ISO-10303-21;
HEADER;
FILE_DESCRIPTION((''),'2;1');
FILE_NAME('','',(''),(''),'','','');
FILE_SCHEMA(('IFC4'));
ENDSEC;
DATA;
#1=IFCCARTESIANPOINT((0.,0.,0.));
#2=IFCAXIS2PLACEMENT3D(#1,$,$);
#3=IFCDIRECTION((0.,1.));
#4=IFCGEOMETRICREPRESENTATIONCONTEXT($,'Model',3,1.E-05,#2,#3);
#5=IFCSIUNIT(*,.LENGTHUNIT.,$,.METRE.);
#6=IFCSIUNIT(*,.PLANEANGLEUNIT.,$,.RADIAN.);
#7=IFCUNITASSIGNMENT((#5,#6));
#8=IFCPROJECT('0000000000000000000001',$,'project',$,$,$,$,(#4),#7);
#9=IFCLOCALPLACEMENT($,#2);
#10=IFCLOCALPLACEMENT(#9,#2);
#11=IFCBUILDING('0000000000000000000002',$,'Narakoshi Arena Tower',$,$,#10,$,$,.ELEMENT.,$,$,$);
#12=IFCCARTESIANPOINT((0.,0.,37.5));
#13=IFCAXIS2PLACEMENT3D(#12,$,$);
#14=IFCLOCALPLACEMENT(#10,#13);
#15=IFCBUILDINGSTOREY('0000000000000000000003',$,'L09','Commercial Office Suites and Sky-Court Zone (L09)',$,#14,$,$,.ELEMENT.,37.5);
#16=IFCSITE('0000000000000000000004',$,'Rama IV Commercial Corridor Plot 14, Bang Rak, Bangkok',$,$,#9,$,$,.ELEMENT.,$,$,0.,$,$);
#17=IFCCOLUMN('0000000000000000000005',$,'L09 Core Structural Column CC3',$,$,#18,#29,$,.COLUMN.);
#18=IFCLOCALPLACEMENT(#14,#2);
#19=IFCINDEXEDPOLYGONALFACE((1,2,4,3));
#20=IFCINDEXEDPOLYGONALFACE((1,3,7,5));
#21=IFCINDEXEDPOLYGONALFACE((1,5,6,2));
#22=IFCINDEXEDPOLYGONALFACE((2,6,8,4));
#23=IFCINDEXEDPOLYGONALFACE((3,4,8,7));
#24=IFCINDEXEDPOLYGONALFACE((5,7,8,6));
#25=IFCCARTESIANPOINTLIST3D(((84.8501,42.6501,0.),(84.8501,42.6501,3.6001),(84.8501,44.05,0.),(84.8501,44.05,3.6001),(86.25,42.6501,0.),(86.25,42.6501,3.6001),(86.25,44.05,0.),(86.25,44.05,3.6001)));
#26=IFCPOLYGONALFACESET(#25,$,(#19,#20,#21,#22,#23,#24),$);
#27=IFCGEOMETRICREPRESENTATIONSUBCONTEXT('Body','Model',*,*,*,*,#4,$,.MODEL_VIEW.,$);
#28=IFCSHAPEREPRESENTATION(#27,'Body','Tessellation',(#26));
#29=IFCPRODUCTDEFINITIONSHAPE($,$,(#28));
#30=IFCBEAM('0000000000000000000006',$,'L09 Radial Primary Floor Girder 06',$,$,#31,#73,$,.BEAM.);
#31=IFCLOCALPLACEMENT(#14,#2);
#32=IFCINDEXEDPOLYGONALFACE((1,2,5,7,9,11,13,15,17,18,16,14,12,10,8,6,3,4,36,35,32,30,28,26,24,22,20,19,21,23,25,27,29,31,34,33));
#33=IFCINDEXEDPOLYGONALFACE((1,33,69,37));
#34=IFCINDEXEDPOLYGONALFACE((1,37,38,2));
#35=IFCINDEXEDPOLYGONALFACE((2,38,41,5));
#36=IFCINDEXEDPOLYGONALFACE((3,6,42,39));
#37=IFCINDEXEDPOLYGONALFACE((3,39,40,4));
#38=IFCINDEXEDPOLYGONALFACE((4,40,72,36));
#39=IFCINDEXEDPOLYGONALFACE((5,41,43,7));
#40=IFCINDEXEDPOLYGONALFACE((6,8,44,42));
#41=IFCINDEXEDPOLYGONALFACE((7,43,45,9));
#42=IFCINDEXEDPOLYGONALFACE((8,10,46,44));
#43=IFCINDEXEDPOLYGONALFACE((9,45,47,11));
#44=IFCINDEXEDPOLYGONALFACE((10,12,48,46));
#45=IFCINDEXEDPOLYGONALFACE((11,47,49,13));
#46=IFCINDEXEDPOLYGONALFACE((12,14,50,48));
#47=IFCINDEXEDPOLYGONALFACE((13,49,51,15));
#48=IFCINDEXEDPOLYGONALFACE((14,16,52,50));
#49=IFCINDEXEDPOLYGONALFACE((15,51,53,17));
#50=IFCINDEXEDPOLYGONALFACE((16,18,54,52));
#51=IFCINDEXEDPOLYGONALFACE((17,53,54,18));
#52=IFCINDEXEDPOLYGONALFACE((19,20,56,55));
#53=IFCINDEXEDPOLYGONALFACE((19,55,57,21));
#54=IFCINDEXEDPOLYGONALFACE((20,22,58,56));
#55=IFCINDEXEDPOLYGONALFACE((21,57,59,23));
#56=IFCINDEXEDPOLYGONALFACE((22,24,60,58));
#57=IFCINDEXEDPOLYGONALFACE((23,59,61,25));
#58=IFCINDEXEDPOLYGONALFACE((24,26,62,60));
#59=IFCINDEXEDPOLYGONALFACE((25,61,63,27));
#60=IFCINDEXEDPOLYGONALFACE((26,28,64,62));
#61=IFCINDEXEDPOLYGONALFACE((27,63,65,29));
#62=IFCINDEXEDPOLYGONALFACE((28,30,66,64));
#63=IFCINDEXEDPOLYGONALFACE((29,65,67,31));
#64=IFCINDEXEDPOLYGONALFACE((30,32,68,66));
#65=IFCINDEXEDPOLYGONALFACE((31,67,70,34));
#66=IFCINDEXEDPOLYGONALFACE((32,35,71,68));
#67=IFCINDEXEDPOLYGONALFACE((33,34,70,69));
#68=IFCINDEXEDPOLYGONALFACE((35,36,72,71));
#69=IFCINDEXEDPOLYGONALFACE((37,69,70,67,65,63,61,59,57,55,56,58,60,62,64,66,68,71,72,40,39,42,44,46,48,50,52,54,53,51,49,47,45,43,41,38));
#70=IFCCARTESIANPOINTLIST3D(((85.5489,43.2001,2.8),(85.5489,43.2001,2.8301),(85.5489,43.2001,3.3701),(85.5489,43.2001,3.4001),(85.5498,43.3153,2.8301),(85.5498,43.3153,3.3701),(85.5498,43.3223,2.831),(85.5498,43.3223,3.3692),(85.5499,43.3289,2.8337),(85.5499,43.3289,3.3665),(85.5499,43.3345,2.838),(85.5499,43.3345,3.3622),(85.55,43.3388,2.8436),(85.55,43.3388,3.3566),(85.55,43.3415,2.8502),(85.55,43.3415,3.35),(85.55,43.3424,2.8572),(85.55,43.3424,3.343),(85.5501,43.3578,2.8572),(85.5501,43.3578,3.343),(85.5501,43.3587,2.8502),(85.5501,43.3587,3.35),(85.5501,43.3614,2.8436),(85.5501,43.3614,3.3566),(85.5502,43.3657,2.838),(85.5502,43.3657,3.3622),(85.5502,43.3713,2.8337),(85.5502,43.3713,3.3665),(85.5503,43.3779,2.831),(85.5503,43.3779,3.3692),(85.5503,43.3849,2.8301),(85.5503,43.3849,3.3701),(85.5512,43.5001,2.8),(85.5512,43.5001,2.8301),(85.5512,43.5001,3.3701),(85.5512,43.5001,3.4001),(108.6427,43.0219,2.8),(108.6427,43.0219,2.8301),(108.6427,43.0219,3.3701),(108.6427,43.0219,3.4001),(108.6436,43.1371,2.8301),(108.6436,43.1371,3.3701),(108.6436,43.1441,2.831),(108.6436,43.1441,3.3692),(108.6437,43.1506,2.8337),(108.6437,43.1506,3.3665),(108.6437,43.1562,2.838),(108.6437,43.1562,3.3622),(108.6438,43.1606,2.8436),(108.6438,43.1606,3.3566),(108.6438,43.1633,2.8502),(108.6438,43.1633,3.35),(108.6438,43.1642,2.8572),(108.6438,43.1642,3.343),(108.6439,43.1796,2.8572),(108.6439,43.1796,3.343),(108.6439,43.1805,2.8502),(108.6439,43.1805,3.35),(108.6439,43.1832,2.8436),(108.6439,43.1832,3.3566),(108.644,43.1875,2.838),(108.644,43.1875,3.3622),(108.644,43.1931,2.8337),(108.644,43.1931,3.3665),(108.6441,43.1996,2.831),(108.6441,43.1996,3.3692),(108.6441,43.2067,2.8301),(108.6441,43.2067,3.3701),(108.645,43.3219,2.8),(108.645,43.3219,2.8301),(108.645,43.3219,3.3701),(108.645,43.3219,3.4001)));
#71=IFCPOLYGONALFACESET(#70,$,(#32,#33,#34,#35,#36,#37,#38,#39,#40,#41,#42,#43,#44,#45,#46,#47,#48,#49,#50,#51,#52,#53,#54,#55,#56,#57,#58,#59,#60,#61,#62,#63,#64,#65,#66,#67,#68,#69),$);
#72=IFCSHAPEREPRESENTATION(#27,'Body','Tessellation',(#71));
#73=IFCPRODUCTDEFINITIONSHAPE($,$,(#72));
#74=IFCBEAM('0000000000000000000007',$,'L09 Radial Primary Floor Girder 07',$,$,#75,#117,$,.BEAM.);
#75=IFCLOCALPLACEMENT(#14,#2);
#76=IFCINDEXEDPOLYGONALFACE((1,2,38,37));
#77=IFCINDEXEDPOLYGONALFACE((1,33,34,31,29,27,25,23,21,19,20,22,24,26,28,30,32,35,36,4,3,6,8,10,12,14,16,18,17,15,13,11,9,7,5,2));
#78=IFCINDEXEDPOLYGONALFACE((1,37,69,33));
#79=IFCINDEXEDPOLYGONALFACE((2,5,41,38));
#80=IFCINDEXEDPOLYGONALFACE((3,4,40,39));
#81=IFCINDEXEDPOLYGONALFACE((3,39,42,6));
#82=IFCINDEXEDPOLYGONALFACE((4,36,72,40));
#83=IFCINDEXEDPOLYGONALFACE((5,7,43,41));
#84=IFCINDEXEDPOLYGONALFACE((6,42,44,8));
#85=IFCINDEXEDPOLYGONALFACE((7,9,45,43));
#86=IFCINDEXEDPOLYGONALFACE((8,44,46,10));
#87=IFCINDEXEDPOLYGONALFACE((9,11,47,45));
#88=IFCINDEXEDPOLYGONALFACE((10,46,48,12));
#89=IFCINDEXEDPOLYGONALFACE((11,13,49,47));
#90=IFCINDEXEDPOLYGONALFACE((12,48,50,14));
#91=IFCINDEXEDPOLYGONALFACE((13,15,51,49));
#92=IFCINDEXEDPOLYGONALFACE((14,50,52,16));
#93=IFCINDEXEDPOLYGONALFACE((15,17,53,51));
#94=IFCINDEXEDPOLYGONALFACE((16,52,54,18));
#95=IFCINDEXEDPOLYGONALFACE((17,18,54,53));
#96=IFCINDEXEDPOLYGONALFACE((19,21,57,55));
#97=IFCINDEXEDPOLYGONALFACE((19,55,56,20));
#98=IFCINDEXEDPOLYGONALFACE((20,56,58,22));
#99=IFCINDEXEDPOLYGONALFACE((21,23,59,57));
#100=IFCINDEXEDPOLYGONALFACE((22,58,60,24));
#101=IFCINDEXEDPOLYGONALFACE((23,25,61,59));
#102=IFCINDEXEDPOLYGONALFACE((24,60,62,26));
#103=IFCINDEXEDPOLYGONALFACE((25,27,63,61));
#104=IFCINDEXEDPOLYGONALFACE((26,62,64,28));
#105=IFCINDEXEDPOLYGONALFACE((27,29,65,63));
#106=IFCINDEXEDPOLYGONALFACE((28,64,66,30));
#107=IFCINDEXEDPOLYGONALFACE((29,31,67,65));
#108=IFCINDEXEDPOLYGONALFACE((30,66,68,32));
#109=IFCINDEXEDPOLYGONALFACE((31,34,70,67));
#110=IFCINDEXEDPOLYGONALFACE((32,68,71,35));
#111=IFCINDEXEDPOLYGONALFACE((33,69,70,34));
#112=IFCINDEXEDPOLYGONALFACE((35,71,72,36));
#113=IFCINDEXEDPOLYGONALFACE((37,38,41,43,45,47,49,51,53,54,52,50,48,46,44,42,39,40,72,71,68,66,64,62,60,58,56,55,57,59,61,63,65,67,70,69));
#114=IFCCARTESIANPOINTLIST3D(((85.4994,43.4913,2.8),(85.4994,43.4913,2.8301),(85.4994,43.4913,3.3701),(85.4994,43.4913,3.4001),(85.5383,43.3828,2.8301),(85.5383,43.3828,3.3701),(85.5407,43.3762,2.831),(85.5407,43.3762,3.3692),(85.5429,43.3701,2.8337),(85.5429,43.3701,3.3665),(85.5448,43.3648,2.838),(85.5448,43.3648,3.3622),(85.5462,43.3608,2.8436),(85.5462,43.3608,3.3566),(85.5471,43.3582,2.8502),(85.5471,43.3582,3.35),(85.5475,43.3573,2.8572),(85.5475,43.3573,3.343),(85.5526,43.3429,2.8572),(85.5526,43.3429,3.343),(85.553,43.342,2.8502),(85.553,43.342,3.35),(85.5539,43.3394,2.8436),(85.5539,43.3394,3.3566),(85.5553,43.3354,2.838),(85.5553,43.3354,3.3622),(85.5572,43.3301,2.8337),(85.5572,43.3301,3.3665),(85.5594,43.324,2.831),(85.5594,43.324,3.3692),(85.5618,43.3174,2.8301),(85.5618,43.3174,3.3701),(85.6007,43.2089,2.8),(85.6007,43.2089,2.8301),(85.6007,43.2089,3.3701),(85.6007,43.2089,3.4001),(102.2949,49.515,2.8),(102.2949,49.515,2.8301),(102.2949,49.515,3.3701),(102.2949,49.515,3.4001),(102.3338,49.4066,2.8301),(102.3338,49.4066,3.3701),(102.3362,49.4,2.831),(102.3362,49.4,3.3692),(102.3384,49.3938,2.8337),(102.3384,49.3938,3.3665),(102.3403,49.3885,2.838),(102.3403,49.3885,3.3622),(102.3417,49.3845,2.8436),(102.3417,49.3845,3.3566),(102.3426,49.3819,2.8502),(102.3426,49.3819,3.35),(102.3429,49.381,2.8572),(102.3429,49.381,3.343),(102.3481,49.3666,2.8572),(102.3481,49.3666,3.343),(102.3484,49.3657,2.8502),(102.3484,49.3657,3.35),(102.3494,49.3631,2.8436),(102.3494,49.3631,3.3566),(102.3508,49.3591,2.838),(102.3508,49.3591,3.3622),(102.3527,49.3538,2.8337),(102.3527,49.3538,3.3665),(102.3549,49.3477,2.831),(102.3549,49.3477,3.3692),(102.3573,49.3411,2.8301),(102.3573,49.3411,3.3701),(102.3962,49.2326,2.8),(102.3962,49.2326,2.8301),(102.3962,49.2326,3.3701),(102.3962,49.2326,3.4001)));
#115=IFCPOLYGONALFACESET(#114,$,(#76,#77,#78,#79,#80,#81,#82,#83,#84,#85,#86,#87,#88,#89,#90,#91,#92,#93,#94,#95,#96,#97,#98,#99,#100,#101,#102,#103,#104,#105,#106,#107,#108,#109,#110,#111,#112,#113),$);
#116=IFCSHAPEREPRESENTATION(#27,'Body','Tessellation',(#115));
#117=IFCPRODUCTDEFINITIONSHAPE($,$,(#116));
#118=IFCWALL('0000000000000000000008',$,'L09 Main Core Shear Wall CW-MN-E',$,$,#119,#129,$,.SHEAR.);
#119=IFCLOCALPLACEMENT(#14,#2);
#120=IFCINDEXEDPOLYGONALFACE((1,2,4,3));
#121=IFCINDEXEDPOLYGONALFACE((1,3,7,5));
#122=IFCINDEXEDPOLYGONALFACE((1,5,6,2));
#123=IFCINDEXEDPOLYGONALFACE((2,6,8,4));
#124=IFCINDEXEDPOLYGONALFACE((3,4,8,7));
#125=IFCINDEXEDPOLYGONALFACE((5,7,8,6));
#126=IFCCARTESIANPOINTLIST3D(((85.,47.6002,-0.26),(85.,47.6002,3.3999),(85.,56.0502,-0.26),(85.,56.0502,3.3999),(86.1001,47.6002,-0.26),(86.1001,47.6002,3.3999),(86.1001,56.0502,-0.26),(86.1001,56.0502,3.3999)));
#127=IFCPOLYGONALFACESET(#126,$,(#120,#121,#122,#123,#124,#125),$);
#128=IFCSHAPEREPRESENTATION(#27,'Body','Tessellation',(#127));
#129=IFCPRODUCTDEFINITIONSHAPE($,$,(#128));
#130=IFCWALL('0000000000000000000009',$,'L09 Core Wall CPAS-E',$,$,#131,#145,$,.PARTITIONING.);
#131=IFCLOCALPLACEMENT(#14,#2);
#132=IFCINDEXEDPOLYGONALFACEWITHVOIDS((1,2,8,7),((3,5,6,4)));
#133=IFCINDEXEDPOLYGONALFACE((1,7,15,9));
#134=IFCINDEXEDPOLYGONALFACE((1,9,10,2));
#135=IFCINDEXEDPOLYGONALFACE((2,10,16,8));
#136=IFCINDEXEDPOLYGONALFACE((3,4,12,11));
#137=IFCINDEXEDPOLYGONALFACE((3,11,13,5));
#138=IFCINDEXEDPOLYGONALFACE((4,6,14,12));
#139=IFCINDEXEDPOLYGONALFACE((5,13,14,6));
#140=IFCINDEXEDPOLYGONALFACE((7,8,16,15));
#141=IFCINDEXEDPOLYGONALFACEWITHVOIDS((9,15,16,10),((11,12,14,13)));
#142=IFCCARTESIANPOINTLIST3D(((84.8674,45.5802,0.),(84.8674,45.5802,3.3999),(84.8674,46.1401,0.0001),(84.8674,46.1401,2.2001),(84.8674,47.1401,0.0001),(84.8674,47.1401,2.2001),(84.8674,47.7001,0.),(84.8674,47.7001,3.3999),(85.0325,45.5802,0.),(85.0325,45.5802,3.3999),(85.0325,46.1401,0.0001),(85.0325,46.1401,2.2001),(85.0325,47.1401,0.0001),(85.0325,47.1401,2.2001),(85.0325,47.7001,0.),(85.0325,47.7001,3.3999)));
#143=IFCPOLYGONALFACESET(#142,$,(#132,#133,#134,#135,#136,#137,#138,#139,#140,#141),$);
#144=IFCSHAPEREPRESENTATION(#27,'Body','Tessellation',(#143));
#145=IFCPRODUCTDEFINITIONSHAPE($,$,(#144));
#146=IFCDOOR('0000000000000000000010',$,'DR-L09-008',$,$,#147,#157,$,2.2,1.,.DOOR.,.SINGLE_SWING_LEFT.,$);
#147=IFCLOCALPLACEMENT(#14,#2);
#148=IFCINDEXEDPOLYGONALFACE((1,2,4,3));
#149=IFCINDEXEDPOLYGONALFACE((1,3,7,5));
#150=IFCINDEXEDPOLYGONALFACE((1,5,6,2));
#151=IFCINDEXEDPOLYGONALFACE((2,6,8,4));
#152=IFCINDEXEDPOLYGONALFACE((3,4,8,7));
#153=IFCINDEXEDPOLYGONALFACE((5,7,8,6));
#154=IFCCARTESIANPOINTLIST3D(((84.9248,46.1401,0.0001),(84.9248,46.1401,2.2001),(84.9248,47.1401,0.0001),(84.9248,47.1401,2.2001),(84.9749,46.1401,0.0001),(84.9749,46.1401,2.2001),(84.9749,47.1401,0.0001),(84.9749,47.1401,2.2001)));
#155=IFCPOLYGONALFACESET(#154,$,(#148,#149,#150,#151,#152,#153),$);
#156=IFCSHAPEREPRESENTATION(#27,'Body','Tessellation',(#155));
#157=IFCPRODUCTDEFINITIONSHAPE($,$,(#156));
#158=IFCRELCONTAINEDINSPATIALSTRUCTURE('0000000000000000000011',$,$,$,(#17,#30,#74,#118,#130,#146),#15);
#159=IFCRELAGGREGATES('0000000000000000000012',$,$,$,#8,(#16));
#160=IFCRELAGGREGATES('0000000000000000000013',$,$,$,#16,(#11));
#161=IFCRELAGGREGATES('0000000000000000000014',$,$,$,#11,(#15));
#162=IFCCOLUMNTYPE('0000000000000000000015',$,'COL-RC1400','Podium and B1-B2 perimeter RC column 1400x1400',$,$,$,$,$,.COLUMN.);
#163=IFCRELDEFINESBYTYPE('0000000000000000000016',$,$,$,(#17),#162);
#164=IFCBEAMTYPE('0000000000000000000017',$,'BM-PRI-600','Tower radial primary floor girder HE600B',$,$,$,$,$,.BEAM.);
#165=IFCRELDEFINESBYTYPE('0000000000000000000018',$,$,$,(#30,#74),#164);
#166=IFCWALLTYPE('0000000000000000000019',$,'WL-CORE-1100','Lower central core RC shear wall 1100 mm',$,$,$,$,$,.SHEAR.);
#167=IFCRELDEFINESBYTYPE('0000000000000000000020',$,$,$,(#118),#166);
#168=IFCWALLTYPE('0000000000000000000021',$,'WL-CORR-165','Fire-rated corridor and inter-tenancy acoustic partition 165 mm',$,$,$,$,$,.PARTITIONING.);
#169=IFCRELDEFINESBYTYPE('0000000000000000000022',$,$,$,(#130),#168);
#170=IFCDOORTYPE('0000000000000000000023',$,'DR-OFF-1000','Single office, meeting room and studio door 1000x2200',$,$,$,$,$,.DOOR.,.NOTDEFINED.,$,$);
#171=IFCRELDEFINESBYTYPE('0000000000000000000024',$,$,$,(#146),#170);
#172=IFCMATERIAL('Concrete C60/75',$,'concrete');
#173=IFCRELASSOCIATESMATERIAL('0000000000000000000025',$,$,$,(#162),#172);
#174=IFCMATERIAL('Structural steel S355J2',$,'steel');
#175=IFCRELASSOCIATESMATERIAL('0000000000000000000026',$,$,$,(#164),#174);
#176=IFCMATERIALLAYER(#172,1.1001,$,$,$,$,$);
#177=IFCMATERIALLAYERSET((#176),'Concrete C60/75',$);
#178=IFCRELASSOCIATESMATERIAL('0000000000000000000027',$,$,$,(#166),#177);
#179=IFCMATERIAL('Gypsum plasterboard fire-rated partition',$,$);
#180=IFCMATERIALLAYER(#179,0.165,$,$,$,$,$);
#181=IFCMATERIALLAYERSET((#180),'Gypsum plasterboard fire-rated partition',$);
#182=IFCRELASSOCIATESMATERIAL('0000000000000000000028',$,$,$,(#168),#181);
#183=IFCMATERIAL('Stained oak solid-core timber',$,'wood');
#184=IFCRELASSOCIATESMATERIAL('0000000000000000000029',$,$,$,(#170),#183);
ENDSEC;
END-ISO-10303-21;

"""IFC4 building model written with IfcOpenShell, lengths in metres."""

from ifc_helpers import new_model, si_unit, direction, frame, frame_2d, origin, origin_2d, place, context, subcontext, project, spatial, rectangle, i_section, extrude, material, layer, layer_set, material_profile, profile_set, type_object, element, fill, save


model = new_model("IFC4")

# Units and contexts
model_context = context("Model", 3, precision=1e-05, world=origin(), true_north=direction((0.0, 1.0)))
body_context = subcontext(model_context, "Body", "Model", "MODEL_VIEW")
ifc_project = project(units=[si_unit("LENGTHUNIT", "METRE"), si_unit("PLANEANGLEUNIT", "RADIAN")], contexts=[model_context])

# Site, building, storey
site_placement = place(None, origin())
site = spatial("IfcSite", under=ifc_project, at=site_placement, Name="Rama IV Commercial Corridor Plot 14, Bang Rak, Bangkok", CompositionType="ELEMENT", RefElevation=0.0)
building_placement = place(site_placement, origin())
building = spatial("IfcBuilding", under=site, at=building_placement, Name="Narakoshi Arena Tower", CompositionType="ELEMENT")
storey_placement = place(building_placement, frame((0.0, 0.0, 37.5)))
storey = spatial("IfcBuildingStorey", under=building, at=storey_placement, Name="L09", Description="Commercial Office Suites and Sky-Court Zone (L09)", CompositionType="ELEMENT", Elevation=37.5)

# Column
ifc_material_1 = material(Name="Concrete C60/75", Category="concrete")
ifc_material_profile_1 = material_profile(ifc_material_1, rectangle(XDim=1.3999, YDim=1.3999, at=origin_2d()), Name="RC1400x1400")
ifc_profile_set_1 = profile_set([ifc_material_profile_1], Name="Concrete C60/75")
column_type = type_object("IfcColumnType", Name="COL-RC1400", Description="Podium and B1-B2 perimeter RC column 1400x1400", PredefinedType="COLUMN", material=ifc_profile_set_1)
column_placement = place(storey_placement, frame((85.55, 43.3501, 0.0), z_axis=(0.0, 0.0, 1.0), x_axis=(1.0, 0.0, 0.0)))
element("IfcColumn", 1, at=column_placement, inside=storey, type_object=column_type, Name="L09 Core Structural Column CC3", PredefinedType="COLUMN", context=body_context, shape_type="SweptSolid", body=[
    extrude(rectangle(XDim=1.3999, YDim=1.3999, at=origin_2d()), origin(), (0.0, 0.0, 1.0), 3.6001),
])

# Beams
ifc_material_2 = material(Name="Structural steel S355J2", Category="steel")
ifc_material_profile_2 = material_profile(ifc_material_2, i_section(OverallWidth=0.3, OverallDepth=0.6001, WebThickness=0.0154, FlangeThickness=0.03, FilletRadius=0.0271, at=origin_2d()), Name="HE600B")
ifc_profile_set_2 = profile_set([ifc_material_profile_2], Name="Structural steel S355J2")
beam_type = type_object("IfcBeamType", Name="BM-PRI-600", Description="Tower radial primary floor girder HE600B", PredefinedType="BEAM", material=ifc_profile_set_2)
beam_1_placement = place(storey_placement, frame((85.55, 43.3501, 3.1001), z_axis=(0.99997, -0.007717, 0.0), x_axis=(0.007717, 0.99997, 0.0)))
element("IfcBeam", 2, at=beam_1_placement, inside=storey, type_object=beam_type, Name="L09 Radial Primary Floor Girder 06", PredefinedType="BEAM", context=body_context, shape_type="SweptSolid", body=[
    extrude(i_section(OverallWidth=0.3, OverallDepth=0.6001, WebThickness=0.0154, FlangeThickness=0.03, FilletRadius=0.0271, at=origin_2d()), origin(), (0.0, 0.0, 1.0), 23.0945),
])
beam_2_placement = place(storey_placement, frame((85.55, 43.3501, 3.1001), z_axis=(0.941292, 0.337595, 0.0), x_axis=(-0.337595, 0.941292, 0.0)))
element("IfcBeam", 3, at=beam_2_placement, inside=storey, type_object=beam_type, Name="L09 Radial Primary Floor Girder 07", PredefinedType="BEAM", context=body_context, shape_type="SweptSolid", body=[
    extrude(i_section(OverallWidth=0.3, OverallDepth=0.6001, WebThickness=0.0154, FlangeThickness=0.03, FilletRadius=0.0271, at=origin_2d()), origin(), (0.0, 0.0, 1.0), 17.843),
])

# Wall
ifc_layer_1 = layer(ifc_material_1, 1.1001)
ifc_layer_set_1 = layer_set([ifc_layer_1], Name="Concrete C60/75")
wall_type_1 = type_object("IfcWallType", Name="WL-CORE-1100", Description="Lower central core RC shear wall 1100 mm", PredefinedType="SHEAR", material=ifc_layer_set_1)
wall_1_placement = place(storey_placement, frame((85.55, 47.6001, -0.26), z_axis=(0.0, 0.0, 1.0), x_axis=(0.0, 1.0, 0.0)))
element("IfcWall", 4, at=wall_1_placement, inside=storey, type_object=wall_type_1, Name="L09 Main Core Shear Wall CW-MN-E", PredefinedType="SHEAR", context=body_context, shape_type="SweptSolid", body=[
    extrude(rectangle(XDim=8.45, YDim=1.1001, at=frame_2d((4.2251, 0.0))), origin(), (0.0, 0.0, 1.0), 3.6599),
])

# Wall, opening, door
ifc_material_3 = material(Name="Gypsum plasterboard fire-rated partition")
ifc_layer_2 = layer(ifc_material_3, 0.165)
ifc_layer_set_2 = layer_set([ifc_layer_2], Name="Gypsum plasterboard fire-rated partition")
wall_type_2 = type_object("IfcWallType", Name="WL-CORR-165", Description="Fire-rated corridor and inter-tenancy acoustic partition 165 mm", PredefinedType="PARTITIONING", material=ifc_layer_set_2)
wall_2_placement = place(storey_placement, frame((84.95, 45.5801, 0.0), z_axis=(0.0, 0.0, 1.0), x_axis=(0.0, 1.0, 0.0)))
wall_2 = element("IfcWall", 5, at=wall_2_placement, inside=storey, type_object=wall_type_2, Name="L09 Core Wall CPAS-E", PredefinedType="PARTITIONING", context=body_context, shape_type="SweptSolid", body=[
    extrude(rectangle(XDim=2.1199, YDim=0.165, at=frame_2d((1.0601, 0.0))), origin(), (0.0, 0.0, 1.0), 3.3999),
])
opening_1_placement = place(wall_2_placement, frame((0.5601, 0.0, 0.0)))
opening_1 = element("IfcOpeningElement", 6, at=opening_1_placement, cuts=wall_2, PredefinedType="OPENING", context=body_context, shape_type="SweptSolid", body=[
    extrude(rectangle(XDim=1.0, YDim=2.2, at=frame_2d((0.5, 1.1001))), frame((0.0, 0.0925, 0.0), z_axis=(0.0, -1.0, 0.0), x_axis=(1.0, 0.0, 0.0)), (0.0, 0.0, 1.0), 0.1851),
])
ifc_material_4 = material(Name="Stained oak solid-core timber", Category="wood")
door_type_1 = type_object("IfcDoorType", Name="DR-OFF-1000", Description="Single office, meeting room and studio door 1000x2200", OperationType="NOTDEFINED", PredefinedType="DOOR", material=ifc_material_4)
door_1_placement = place(opening_1_placement, frame((1.0, 0.0, 0.0), z_axis=(0.0, 0.0, 1.0), x_axis=(-1.0, 0.0, 0.0)))
door_1 = element("IfcDoor", 7, at=door_1_placement, inside=storey, type_object=door_type_1, Name="DR-L09-008", OperationType="SINGLE_SWING_LEFT", OverallHeight=2.2, OverallWidth=1.0, PredefinedType="DOOR", context=body_context, shape_type="SweptSolid", body=[
    extrude(rectangle(XDim=1.0, YDim=2.2, at=frame_2d((0.5, 1.1001))), frame((0.0, 0.0249, 0.0), z_axis=(0.0, -1.0, 0.0), x_axis=(1.0, 0.0, 0.0)), (0.0, 0.0, 1.0), 0.05),
])
fill(opening_1, door_1)

save(model, "model.ifc")
